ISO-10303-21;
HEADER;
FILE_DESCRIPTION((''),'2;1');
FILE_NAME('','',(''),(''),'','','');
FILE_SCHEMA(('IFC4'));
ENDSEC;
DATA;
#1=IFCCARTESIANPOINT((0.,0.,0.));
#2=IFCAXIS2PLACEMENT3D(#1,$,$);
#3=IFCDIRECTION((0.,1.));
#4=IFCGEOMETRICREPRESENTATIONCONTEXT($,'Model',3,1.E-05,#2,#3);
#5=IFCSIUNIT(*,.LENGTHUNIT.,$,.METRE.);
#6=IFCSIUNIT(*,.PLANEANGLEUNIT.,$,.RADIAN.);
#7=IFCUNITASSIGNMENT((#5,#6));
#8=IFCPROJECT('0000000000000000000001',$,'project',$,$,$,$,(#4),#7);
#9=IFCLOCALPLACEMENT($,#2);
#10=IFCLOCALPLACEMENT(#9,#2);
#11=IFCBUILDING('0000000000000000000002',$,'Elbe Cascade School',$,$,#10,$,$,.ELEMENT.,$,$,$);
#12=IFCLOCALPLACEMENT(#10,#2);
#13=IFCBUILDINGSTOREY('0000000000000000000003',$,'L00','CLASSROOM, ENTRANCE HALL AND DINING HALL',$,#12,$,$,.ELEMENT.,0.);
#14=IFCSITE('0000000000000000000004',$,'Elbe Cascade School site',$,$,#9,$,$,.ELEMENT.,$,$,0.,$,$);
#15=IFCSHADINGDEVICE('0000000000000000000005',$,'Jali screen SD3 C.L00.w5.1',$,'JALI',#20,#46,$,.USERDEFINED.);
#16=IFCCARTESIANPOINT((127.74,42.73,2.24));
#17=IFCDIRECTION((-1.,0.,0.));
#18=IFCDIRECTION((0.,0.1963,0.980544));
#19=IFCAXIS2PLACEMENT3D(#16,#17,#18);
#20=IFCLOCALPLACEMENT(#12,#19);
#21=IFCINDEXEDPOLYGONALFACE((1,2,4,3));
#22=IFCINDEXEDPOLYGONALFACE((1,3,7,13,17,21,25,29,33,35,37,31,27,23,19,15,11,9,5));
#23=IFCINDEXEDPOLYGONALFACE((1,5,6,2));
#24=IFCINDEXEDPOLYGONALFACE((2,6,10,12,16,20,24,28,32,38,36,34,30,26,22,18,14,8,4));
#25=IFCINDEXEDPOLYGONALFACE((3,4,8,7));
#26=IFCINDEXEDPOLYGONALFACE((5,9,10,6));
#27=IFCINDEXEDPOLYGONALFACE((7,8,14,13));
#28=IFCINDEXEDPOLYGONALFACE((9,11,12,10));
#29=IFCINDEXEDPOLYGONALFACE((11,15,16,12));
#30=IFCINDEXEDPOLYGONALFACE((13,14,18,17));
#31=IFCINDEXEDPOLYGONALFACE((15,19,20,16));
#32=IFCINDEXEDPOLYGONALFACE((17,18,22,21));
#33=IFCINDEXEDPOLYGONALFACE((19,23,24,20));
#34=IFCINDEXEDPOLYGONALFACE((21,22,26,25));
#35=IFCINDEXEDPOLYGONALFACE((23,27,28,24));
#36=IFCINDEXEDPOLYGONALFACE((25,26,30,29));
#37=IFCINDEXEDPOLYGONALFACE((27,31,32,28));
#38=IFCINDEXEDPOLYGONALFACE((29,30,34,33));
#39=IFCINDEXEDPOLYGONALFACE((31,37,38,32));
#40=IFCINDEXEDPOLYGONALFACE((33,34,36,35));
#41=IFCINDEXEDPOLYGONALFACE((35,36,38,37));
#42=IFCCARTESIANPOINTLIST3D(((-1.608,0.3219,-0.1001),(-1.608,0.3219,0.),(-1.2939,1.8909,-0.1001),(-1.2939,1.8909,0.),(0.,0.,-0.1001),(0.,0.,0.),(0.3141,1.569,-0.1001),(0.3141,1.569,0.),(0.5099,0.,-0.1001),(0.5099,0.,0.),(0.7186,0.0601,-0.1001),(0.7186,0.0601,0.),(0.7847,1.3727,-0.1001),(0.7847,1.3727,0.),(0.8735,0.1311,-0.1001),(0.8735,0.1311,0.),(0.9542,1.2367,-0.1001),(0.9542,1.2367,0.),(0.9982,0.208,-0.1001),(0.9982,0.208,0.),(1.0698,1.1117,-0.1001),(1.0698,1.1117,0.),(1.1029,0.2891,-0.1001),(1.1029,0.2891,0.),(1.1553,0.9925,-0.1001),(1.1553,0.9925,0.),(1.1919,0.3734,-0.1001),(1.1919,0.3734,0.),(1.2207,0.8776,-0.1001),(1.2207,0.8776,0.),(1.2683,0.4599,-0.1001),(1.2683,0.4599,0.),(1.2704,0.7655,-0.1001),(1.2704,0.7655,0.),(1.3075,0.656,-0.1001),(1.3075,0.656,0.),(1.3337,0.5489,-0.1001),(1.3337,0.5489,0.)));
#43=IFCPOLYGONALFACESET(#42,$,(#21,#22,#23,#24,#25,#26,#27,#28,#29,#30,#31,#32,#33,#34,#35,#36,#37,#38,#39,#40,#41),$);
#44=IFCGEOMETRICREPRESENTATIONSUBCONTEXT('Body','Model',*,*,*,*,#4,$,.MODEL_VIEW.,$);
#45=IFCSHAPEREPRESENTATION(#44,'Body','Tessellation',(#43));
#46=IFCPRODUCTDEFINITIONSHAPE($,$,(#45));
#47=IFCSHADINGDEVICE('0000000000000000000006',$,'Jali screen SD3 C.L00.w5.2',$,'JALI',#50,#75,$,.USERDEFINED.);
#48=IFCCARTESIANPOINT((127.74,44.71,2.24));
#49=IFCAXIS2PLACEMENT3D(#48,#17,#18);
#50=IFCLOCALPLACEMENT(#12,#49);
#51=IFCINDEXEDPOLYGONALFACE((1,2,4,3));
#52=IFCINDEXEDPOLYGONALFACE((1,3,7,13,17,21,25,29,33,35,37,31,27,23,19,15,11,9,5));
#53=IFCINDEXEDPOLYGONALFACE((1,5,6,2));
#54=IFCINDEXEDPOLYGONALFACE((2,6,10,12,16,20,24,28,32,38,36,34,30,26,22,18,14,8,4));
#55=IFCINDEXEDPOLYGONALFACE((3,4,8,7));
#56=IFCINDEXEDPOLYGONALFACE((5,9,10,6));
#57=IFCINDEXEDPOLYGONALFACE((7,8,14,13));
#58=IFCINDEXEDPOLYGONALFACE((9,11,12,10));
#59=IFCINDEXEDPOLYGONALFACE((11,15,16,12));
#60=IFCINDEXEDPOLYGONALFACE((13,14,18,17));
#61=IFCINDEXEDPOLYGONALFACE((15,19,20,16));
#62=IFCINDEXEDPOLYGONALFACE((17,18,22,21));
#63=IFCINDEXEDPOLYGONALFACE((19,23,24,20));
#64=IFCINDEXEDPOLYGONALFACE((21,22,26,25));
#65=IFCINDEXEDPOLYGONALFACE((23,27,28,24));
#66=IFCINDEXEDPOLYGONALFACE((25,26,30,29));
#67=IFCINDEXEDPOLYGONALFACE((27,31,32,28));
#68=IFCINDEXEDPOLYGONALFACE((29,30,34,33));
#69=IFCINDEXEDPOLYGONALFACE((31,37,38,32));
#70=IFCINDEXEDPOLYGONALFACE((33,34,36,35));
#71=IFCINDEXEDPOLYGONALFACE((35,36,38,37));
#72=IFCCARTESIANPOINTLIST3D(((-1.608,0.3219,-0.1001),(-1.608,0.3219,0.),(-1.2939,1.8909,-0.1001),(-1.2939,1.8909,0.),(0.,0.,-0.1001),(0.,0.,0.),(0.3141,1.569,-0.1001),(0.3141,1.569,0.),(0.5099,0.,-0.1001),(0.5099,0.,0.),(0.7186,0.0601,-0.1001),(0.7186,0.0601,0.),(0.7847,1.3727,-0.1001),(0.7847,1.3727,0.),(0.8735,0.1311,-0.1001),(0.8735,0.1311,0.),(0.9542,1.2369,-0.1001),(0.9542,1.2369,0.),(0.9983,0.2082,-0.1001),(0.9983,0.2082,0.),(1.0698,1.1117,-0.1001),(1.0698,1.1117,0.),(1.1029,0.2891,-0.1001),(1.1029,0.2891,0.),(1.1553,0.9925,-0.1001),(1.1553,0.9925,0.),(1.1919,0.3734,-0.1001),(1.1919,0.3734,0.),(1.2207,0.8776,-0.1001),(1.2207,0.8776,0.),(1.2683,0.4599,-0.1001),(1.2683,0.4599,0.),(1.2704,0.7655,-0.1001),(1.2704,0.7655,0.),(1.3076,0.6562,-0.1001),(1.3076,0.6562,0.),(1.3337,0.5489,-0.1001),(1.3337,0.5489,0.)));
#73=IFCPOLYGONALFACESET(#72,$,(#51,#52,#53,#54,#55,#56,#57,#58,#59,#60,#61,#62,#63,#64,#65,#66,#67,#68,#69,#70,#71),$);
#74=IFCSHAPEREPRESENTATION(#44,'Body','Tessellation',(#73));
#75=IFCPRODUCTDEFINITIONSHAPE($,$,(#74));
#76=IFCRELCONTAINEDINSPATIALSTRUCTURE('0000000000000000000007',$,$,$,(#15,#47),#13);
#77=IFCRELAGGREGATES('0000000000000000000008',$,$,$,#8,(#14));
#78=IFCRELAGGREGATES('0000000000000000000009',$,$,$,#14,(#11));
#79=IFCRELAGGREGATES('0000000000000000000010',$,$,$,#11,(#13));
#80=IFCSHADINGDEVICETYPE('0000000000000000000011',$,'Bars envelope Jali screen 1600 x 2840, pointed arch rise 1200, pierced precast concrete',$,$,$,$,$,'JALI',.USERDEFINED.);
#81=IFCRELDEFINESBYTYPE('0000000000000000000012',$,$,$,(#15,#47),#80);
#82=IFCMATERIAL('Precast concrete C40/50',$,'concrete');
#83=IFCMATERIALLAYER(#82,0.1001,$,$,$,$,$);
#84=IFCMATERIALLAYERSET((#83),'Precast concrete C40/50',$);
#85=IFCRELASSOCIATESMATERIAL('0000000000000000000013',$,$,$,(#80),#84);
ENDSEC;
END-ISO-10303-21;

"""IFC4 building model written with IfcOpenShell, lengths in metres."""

from ifc_helpers import new_model, si_unit, direction, frame, origin, place, context, subcontext, project, spatial, polyline, outline, extrude, material, layer, layer_set, type_object, element, save


model = new_model("IFC4")

# Units and contexts
model_context = context("Model", 3, precision=1e-05, world=origin(), true_north=direction((0.0, 1.0)))
body_context = subcontext(model_context, "Body", "Model", "MODEL_VIEW")
ifc_project = project(units=[si_unit("LENGTHUNIT", "METRE"), si_unit("PLANEANGLEUNIT", "RADIAN")], contexts=[model_context])

# Site, building, storey
site_placement = place(None, origin())
site = spatial("IfcSite", under=ifc_project, at=site_placement, Name="Elbe Cascade School site", CompositionType="ELEMENT", RefElevation=0.0)
building_placement = place(site_placement, origin())
building = spatial("IfcBuilding", under=site, at=building_placement, Name="Elbe Cascade School", CompositionType="ELEMENT")
storey_placement = place(building_placement, origin())
storey = spatial("IfcBuildingStorey", under=building, at=storey_placement, Name="L00", Description="CLASSROOM, ENTRANCE HALL AND DINING HALL", CompositionType="ELEMENT", Elevation=0.0)

# Shading devices
ifc_material_1 = material(Name="Precast concrete C40/50", Category="concrete")
ifc_layer_1 = layer(ifc_material_1, 0.1001)
ifc_layer_set_1 = layer_set([ifc_layer_1], Name="Precast concrete C40/50")
shading_device_type = type_object("IfcShadingDeviceType", Name="Bars envelope Jali screen 1600 x 2840, pointed arch rise 1200, pierced precast concrete", ElementType="JALI", PredefinedType="USERDEFINED", material=ifc_layer_set_1)
shading_device_1_placement = place(storey_placement, frame((127.74, 42.73, 2.24), z_axis=(-1.0, 0.0, 0.0), x_axis=(0.0, 0.1963, 0.980544)))
element("IfcShadingDevice", 1, at=shading_device_1_placement, inside=storey, type_object=shading_device_type, Name="Jali screen SD3 C.L00.w5.1", ObjectType="JALI", PredefinedType="USERDEFINED", context=body_context, shape_type="SweptSolid", body=[
    extrude(outline(polyline([(0.0, 0.0), (0.5099, 0.0), (0.7186, 0.0601), (0.8735, 0.1311), (0.9982, 0.208), (1.1029, 0.2891), (1.1919, 0.3734), (1.2683, 0.4599), (1.3337, 0.5489), (1.3075, 0.656), (1.2704, 0.7655), (1.2207, 0.8776), (1.1553, 0.9925), (1.0698, 1.1117), (0.9542, 1.2367), (0.7847, 1.3727), (0.3141, 1.569), (-1.2939, 1.8909), (-1.608, 0.3219), (0.0, 0.0)])), origin(), (0.0, 0.0, -1.0), 0.1001),
])
shading_device_2_placement = place(storey_placement, frame((127.74, 44.71, 2.24), z_axis=(-1.0, 0.0, 0.0), x_axis=(0.0, 0.1963, 0.980544)))
element("IfcShadingDevice", 2, at=shading_device_2_placement, inside=storey, type_object=shading_device_type, Name="Jali screen SD3 C.L00.w5.2", ObjectType="JALI", PredefinedType="USERDEFINED", context=body_context, shape_type="SweptSolid", body=[
    extrude(outline(polyline([(0.0, 0.0), (0.5099, 0.0), (0.7186, 0.0601), (0.8735, 0.1311), (0.9983, 0.2082), (1.1029, 0.2891), (1.1919, 0.3734), (1.2683, 0.4599), (1.3337, 0.5489), (1.3076, 0.6562), (1.2704, 0.7655), (1.2207, 0.8776), (1.1553, 0.9925), (1.0698, 1.1117), (0.9542, 1.2369), (0.7847, 1.3727), (0.3141, 1.569), (-1.2939, 1.8909), (-1.608, 0.3219), (0.0, 0.0)])), origin(), (0.0, 0.0, -1.0), 0.1001),
])

save(model, "model.ifc")
